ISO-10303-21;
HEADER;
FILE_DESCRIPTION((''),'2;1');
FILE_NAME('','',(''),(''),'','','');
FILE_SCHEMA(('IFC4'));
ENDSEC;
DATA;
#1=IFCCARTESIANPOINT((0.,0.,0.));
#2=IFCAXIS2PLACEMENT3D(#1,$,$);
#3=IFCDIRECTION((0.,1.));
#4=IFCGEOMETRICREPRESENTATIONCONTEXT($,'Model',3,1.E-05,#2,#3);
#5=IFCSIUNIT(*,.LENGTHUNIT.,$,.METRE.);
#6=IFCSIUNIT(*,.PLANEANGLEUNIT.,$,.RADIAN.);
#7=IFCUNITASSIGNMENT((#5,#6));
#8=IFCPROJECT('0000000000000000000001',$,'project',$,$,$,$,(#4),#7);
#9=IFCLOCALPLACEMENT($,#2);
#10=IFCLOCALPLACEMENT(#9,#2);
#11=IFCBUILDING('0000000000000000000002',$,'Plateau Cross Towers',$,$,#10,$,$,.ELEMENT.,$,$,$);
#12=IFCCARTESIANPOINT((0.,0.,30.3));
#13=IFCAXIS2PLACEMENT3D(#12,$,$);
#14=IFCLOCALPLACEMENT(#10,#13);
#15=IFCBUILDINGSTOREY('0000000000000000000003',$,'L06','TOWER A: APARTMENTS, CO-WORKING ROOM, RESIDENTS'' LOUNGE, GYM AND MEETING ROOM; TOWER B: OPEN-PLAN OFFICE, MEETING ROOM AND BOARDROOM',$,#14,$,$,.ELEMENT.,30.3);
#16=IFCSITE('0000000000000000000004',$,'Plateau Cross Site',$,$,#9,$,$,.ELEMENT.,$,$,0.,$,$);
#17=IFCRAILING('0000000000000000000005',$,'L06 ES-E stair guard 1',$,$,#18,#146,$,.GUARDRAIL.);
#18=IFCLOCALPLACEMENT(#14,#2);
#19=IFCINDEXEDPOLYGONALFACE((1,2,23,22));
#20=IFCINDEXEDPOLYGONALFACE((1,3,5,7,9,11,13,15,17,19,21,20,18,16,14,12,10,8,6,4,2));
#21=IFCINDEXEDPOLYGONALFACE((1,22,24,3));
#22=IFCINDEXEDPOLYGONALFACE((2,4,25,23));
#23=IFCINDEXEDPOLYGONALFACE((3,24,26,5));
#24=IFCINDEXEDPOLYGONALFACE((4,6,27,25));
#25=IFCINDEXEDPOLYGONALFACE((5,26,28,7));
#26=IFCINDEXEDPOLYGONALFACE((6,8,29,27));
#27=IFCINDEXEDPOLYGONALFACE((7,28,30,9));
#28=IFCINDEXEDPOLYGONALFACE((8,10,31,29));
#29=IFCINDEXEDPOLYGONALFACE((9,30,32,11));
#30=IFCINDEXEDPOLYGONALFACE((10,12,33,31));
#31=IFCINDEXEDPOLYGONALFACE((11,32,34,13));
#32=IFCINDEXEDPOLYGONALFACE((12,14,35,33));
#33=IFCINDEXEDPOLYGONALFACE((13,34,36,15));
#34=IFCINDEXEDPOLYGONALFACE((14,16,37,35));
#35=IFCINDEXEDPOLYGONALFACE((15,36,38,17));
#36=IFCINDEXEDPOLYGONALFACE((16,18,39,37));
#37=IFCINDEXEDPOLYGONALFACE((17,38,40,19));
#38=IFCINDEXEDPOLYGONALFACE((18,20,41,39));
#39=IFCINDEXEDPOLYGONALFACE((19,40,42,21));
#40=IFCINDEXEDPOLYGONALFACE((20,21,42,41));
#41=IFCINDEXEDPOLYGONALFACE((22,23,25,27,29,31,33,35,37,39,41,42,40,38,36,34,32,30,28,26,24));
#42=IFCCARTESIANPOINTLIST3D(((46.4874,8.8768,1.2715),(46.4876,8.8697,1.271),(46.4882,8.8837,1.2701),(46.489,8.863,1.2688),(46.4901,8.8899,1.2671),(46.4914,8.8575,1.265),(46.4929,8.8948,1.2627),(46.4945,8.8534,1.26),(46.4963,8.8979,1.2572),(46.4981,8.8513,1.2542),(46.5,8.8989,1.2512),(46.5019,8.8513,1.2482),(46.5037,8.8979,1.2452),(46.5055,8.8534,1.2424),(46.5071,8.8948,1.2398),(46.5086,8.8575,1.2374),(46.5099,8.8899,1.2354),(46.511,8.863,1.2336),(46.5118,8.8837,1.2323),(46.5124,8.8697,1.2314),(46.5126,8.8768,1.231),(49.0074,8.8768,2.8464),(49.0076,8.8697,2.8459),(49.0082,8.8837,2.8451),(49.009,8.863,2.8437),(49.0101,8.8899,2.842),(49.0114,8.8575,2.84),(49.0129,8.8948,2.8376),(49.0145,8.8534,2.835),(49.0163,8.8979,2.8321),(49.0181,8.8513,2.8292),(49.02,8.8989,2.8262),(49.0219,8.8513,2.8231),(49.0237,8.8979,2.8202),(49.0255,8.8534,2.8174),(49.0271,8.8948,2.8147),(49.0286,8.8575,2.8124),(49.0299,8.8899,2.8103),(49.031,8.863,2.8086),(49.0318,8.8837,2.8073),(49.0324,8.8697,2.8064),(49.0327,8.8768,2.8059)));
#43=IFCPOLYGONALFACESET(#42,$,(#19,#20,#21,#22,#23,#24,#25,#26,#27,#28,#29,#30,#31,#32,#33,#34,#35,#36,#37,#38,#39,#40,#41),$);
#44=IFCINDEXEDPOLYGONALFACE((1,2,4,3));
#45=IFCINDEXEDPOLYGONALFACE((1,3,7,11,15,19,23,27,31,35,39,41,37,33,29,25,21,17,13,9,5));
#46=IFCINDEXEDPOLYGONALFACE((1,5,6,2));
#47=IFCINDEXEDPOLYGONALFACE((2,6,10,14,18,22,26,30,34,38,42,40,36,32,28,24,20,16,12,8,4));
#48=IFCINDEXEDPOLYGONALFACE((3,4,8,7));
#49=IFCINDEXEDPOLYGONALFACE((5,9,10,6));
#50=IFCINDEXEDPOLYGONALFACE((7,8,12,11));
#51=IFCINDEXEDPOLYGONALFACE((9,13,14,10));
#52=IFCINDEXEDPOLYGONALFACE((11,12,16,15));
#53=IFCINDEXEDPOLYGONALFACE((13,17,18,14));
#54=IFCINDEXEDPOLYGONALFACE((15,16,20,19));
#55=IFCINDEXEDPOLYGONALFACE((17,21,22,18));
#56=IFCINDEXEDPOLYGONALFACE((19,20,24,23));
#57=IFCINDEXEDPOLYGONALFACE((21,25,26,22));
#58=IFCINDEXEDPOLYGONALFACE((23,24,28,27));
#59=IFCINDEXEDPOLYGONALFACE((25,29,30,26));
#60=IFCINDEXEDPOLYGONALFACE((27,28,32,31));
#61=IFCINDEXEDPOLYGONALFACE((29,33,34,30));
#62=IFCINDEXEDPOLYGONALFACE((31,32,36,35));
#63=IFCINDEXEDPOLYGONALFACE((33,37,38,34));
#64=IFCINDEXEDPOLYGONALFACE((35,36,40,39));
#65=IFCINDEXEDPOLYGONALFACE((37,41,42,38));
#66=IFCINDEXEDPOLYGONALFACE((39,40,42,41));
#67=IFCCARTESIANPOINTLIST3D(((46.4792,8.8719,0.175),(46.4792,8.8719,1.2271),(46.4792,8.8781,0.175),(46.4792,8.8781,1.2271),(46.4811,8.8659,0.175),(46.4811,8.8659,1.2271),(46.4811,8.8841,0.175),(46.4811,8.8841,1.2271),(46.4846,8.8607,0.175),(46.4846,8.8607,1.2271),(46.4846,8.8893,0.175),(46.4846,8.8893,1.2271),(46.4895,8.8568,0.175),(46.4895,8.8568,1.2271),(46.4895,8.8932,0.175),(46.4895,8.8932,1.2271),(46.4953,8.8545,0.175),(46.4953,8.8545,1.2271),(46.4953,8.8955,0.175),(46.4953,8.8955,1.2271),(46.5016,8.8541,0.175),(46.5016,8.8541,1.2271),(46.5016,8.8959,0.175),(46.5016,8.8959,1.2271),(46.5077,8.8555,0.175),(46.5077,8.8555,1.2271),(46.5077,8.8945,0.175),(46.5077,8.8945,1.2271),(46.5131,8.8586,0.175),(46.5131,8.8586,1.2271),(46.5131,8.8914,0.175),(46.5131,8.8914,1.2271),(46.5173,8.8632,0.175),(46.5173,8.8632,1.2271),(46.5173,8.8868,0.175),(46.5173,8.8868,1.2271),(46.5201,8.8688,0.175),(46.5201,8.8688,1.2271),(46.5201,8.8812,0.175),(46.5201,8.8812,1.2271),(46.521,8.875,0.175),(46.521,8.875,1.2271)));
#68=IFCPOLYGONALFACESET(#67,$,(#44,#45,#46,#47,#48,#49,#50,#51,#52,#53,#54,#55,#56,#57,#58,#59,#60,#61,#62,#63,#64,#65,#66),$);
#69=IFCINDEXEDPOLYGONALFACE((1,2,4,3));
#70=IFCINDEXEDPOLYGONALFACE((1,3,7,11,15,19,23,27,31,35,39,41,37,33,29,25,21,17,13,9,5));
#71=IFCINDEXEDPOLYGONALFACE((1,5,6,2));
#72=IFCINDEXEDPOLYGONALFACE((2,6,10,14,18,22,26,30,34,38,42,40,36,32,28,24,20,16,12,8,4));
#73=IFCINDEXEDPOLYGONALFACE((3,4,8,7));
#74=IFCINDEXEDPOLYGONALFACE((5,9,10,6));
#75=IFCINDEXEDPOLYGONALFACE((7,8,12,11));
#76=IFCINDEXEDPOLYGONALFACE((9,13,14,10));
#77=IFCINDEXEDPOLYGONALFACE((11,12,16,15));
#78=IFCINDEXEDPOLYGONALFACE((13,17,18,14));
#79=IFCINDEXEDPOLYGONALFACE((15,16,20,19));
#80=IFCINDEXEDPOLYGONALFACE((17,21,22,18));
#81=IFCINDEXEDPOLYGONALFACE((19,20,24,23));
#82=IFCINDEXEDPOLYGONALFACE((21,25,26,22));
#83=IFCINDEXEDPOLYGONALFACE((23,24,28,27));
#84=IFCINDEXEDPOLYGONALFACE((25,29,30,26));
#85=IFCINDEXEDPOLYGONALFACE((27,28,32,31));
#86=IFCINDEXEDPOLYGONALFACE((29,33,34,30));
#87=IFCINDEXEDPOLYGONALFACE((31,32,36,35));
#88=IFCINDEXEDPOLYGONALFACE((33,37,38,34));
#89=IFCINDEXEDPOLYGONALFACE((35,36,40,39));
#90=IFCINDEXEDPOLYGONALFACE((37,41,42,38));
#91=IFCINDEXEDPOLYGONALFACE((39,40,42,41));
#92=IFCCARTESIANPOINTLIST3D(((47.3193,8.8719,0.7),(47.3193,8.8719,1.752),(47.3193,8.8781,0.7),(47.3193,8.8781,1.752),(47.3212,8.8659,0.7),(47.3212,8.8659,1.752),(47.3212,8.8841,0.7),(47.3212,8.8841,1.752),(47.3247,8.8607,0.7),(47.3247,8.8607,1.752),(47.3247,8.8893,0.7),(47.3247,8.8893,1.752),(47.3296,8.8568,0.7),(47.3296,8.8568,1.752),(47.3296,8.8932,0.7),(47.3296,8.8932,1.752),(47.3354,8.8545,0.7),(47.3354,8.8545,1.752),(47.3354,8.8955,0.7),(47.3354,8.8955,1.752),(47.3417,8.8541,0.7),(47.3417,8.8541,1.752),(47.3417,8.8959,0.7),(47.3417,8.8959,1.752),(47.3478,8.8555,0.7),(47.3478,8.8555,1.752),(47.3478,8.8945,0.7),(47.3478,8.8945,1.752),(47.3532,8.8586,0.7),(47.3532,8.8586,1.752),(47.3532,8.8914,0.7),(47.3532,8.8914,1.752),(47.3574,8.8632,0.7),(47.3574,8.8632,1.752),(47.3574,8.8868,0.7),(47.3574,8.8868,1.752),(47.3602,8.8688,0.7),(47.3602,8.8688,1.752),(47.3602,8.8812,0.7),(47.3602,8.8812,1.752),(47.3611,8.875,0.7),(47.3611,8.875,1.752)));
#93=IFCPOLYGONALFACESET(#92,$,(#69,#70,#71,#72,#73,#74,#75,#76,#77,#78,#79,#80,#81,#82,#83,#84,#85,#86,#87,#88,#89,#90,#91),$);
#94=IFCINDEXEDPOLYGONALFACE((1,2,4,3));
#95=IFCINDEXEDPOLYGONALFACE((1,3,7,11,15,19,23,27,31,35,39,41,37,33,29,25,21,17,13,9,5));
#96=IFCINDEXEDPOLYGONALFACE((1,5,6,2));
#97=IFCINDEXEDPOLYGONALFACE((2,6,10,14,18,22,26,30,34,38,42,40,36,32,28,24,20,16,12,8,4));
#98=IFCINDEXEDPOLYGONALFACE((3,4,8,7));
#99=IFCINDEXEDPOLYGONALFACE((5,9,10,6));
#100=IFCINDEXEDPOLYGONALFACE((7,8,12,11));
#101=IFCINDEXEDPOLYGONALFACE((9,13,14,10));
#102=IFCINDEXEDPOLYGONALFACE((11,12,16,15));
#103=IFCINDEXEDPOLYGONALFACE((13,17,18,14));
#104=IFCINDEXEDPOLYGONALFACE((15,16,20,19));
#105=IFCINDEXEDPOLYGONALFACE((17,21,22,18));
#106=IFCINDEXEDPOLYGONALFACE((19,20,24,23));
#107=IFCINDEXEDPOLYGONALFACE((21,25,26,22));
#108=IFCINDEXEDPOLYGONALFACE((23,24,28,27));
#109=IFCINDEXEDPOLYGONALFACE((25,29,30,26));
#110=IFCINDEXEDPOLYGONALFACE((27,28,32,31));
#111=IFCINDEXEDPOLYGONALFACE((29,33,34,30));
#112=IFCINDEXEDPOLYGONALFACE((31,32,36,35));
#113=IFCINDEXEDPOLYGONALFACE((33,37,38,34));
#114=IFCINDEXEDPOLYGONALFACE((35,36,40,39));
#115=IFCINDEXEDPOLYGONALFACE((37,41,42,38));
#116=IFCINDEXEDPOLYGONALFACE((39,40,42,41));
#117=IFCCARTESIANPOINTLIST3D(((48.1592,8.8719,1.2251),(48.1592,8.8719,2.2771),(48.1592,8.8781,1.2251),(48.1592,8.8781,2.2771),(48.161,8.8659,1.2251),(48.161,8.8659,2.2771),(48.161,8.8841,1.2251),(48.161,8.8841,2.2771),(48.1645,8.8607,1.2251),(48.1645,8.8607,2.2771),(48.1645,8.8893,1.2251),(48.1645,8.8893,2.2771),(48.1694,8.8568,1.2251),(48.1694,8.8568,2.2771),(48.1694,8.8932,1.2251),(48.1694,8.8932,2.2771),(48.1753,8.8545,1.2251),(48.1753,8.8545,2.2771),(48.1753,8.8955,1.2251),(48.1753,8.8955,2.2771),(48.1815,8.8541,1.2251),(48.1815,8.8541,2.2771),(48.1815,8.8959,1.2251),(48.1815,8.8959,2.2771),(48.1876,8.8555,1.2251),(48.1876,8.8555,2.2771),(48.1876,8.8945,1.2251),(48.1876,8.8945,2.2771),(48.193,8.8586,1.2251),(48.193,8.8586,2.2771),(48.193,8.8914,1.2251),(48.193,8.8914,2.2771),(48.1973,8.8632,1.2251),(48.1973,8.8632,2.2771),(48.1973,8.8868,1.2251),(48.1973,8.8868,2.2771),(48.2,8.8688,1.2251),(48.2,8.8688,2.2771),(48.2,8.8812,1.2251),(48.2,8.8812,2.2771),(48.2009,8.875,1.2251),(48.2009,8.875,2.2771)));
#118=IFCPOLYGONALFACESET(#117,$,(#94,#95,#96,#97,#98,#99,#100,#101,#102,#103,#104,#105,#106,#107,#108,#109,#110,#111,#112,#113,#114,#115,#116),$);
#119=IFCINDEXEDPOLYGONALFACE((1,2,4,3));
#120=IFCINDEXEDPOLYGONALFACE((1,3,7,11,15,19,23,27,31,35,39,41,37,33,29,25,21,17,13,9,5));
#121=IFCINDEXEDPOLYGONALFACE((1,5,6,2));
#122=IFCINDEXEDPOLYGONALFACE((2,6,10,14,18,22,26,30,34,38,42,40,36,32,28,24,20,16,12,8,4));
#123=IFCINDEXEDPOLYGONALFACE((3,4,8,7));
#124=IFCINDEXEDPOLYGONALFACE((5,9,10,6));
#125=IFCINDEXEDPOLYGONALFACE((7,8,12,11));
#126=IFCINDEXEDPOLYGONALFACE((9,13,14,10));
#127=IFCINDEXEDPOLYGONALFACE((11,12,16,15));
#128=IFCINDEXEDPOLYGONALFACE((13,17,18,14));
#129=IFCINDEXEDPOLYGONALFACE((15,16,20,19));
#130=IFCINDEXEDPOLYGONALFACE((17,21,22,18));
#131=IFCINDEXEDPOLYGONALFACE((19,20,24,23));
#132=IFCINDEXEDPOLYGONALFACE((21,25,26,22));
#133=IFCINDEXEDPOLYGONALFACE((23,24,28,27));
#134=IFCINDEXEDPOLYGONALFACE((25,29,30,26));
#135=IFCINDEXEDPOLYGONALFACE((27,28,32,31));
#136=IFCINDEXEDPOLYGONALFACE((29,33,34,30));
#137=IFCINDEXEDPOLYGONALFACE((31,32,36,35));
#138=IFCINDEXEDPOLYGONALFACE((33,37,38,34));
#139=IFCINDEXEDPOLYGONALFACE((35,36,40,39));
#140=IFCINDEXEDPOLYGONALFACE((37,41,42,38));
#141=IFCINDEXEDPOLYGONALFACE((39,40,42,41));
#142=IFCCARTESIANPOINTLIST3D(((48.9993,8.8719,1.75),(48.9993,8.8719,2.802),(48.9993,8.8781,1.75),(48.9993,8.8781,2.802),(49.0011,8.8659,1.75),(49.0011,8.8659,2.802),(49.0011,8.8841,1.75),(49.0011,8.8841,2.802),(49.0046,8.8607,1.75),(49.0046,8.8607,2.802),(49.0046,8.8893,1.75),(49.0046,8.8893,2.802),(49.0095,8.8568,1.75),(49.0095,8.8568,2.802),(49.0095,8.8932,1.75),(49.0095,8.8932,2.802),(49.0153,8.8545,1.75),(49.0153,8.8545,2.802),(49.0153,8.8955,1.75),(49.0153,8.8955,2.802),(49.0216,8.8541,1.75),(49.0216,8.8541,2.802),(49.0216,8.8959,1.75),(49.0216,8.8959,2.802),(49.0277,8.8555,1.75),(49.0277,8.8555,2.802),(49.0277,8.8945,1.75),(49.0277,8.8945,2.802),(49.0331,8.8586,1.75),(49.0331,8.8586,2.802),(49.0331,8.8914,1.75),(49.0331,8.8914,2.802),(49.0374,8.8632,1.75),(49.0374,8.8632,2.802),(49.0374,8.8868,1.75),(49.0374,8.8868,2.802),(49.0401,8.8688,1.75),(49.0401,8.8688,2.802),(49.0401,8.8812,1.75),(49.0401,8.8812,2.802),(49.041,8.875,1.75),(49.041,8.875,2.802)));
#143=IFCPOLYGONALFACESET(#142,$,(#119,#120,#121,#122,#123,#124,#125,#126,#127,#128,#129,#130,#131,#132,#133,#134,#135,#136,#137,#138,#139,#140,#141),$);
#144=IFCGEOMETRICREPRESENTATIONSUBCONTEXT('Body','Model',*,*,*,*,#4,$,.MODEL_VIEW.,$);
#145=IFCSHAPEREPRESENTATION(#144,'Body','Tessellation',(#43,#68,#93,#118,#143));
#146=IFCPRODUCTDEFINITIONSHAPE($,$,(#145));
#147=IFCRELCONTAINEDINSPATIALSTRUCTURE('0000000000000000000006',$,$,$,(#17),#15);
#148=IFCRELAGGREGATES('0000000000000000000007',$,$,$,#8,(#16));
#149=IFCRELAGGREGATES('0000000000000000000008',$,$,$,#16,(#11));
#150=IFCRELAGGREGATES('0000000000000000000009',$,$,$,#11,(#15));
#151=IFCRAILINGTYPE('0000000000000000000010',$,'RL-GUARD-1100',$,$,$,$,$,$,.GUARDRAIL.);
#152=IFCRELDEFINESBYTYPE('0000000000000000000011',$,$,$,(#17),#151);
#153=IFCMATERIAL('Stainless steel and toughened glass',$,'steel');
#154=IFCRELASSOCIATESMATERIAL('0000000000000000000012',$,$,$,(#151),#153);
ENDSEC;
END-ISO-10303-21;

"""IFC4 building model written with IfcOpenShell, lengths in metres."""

from ifc_helpers import new_model, si_unit, direction, frame, origin, origin_2d, place, context, subcontext, project, spatial, circle, extrude, material, type_object, element, save


model = new_model("IFC4")

# Units and contexts
model_context = context("Model", 3, precision=1e-05, world=origin(), true_north=direction((0.0, 1.0)))
body_context = subcontext(model_context, "Body", "Model", "MODEL_VIEW")
ifc_project = project(units=[si_unit("LENGTHUNIT", "METRE"), si_unit("PLANEANGLEUNIT", "RADIAN")], contexts=[model_context])

# Site, building, storey
site_placement = place(None, origin())
site = spatial("IfcSite", under=ifc_project, at=site_placement, Name="Plateau Cross Site", CompositionType="ELEMENT", RefElevation=0.0)
building_placement = place(site_placement, origin())
building = spatial("IfcBuilding", under=site, at=building_placement, Name="Plateau Cross Towers", CompositionType="ELEMENT")
storey_placement = place(building_placement, frame((0.0, 0.0, 30.3)))
storey = spatial("IfcBuildingStorey", under=building, at=storey_placement, Name="L06", Description="TOWER A: APARTMENTS, CO-WORKING ROOM, RESIDENTS' LOUNGE, GYM AND MEETING ROOM; TOWER B: OPEN-PLAN OFFICE, MEETING ROOM AND BOARDROOM", CompositionType="ELEMENT", Elevation=30.3)

# Railing
ifc_material_1 = material(Name="Stainless steel and toughened glass", Category="steel")
railing_type_1 = type_object("IfcRailingType", Name="RL-GUARD-1100", PredefinedType="GUARDRAIL", material=ifc_material_1)
railing_1_placement = place(storey_placement, frame((46.5, 8.875, 0.175)))
element("IfcRailing", 1, at=railing_1_placement, inside=storey, type_object=railing_type_1, Name="L06 ES-E stair guard 1", PredefinedType="GUARDRAIL", context=body_context, shape_type="SweptSolid", body=[
    extrude(circle(Radius=0.0239, at=origin_2d()), frame((0.0, 0.0, 1.0762), z_axis=(0.848008, 0.0, 0.529984), x_axis=(0.0, 1.0, 0.0)), (0.0, 0.0, 1.0), 2.9717),
    extrude(circle(Radius=0.021, at=origin_2d()), origin(), (0.0, 0.0, 1.0), 1.052),
    extrude(circle(Radius=0.021, at=origin_2d()), frame((0.8401, 0.0, 0.5249)), (0.0, 0.0, 1.0), 1.052),
    extrude(circle(Radius=0.021, at=origin_2d()), frame((1.6799, 0.0, 1.05)), (0.0, 0.0, 1.0), 1.052),
    extrude(circle(Radius=0.021, at=origin_2d()), frame((2.52, 0.0, 1.575)), (0.0, 0.0, 1.0), 1.052),
])

save(model, "model.ifc")
